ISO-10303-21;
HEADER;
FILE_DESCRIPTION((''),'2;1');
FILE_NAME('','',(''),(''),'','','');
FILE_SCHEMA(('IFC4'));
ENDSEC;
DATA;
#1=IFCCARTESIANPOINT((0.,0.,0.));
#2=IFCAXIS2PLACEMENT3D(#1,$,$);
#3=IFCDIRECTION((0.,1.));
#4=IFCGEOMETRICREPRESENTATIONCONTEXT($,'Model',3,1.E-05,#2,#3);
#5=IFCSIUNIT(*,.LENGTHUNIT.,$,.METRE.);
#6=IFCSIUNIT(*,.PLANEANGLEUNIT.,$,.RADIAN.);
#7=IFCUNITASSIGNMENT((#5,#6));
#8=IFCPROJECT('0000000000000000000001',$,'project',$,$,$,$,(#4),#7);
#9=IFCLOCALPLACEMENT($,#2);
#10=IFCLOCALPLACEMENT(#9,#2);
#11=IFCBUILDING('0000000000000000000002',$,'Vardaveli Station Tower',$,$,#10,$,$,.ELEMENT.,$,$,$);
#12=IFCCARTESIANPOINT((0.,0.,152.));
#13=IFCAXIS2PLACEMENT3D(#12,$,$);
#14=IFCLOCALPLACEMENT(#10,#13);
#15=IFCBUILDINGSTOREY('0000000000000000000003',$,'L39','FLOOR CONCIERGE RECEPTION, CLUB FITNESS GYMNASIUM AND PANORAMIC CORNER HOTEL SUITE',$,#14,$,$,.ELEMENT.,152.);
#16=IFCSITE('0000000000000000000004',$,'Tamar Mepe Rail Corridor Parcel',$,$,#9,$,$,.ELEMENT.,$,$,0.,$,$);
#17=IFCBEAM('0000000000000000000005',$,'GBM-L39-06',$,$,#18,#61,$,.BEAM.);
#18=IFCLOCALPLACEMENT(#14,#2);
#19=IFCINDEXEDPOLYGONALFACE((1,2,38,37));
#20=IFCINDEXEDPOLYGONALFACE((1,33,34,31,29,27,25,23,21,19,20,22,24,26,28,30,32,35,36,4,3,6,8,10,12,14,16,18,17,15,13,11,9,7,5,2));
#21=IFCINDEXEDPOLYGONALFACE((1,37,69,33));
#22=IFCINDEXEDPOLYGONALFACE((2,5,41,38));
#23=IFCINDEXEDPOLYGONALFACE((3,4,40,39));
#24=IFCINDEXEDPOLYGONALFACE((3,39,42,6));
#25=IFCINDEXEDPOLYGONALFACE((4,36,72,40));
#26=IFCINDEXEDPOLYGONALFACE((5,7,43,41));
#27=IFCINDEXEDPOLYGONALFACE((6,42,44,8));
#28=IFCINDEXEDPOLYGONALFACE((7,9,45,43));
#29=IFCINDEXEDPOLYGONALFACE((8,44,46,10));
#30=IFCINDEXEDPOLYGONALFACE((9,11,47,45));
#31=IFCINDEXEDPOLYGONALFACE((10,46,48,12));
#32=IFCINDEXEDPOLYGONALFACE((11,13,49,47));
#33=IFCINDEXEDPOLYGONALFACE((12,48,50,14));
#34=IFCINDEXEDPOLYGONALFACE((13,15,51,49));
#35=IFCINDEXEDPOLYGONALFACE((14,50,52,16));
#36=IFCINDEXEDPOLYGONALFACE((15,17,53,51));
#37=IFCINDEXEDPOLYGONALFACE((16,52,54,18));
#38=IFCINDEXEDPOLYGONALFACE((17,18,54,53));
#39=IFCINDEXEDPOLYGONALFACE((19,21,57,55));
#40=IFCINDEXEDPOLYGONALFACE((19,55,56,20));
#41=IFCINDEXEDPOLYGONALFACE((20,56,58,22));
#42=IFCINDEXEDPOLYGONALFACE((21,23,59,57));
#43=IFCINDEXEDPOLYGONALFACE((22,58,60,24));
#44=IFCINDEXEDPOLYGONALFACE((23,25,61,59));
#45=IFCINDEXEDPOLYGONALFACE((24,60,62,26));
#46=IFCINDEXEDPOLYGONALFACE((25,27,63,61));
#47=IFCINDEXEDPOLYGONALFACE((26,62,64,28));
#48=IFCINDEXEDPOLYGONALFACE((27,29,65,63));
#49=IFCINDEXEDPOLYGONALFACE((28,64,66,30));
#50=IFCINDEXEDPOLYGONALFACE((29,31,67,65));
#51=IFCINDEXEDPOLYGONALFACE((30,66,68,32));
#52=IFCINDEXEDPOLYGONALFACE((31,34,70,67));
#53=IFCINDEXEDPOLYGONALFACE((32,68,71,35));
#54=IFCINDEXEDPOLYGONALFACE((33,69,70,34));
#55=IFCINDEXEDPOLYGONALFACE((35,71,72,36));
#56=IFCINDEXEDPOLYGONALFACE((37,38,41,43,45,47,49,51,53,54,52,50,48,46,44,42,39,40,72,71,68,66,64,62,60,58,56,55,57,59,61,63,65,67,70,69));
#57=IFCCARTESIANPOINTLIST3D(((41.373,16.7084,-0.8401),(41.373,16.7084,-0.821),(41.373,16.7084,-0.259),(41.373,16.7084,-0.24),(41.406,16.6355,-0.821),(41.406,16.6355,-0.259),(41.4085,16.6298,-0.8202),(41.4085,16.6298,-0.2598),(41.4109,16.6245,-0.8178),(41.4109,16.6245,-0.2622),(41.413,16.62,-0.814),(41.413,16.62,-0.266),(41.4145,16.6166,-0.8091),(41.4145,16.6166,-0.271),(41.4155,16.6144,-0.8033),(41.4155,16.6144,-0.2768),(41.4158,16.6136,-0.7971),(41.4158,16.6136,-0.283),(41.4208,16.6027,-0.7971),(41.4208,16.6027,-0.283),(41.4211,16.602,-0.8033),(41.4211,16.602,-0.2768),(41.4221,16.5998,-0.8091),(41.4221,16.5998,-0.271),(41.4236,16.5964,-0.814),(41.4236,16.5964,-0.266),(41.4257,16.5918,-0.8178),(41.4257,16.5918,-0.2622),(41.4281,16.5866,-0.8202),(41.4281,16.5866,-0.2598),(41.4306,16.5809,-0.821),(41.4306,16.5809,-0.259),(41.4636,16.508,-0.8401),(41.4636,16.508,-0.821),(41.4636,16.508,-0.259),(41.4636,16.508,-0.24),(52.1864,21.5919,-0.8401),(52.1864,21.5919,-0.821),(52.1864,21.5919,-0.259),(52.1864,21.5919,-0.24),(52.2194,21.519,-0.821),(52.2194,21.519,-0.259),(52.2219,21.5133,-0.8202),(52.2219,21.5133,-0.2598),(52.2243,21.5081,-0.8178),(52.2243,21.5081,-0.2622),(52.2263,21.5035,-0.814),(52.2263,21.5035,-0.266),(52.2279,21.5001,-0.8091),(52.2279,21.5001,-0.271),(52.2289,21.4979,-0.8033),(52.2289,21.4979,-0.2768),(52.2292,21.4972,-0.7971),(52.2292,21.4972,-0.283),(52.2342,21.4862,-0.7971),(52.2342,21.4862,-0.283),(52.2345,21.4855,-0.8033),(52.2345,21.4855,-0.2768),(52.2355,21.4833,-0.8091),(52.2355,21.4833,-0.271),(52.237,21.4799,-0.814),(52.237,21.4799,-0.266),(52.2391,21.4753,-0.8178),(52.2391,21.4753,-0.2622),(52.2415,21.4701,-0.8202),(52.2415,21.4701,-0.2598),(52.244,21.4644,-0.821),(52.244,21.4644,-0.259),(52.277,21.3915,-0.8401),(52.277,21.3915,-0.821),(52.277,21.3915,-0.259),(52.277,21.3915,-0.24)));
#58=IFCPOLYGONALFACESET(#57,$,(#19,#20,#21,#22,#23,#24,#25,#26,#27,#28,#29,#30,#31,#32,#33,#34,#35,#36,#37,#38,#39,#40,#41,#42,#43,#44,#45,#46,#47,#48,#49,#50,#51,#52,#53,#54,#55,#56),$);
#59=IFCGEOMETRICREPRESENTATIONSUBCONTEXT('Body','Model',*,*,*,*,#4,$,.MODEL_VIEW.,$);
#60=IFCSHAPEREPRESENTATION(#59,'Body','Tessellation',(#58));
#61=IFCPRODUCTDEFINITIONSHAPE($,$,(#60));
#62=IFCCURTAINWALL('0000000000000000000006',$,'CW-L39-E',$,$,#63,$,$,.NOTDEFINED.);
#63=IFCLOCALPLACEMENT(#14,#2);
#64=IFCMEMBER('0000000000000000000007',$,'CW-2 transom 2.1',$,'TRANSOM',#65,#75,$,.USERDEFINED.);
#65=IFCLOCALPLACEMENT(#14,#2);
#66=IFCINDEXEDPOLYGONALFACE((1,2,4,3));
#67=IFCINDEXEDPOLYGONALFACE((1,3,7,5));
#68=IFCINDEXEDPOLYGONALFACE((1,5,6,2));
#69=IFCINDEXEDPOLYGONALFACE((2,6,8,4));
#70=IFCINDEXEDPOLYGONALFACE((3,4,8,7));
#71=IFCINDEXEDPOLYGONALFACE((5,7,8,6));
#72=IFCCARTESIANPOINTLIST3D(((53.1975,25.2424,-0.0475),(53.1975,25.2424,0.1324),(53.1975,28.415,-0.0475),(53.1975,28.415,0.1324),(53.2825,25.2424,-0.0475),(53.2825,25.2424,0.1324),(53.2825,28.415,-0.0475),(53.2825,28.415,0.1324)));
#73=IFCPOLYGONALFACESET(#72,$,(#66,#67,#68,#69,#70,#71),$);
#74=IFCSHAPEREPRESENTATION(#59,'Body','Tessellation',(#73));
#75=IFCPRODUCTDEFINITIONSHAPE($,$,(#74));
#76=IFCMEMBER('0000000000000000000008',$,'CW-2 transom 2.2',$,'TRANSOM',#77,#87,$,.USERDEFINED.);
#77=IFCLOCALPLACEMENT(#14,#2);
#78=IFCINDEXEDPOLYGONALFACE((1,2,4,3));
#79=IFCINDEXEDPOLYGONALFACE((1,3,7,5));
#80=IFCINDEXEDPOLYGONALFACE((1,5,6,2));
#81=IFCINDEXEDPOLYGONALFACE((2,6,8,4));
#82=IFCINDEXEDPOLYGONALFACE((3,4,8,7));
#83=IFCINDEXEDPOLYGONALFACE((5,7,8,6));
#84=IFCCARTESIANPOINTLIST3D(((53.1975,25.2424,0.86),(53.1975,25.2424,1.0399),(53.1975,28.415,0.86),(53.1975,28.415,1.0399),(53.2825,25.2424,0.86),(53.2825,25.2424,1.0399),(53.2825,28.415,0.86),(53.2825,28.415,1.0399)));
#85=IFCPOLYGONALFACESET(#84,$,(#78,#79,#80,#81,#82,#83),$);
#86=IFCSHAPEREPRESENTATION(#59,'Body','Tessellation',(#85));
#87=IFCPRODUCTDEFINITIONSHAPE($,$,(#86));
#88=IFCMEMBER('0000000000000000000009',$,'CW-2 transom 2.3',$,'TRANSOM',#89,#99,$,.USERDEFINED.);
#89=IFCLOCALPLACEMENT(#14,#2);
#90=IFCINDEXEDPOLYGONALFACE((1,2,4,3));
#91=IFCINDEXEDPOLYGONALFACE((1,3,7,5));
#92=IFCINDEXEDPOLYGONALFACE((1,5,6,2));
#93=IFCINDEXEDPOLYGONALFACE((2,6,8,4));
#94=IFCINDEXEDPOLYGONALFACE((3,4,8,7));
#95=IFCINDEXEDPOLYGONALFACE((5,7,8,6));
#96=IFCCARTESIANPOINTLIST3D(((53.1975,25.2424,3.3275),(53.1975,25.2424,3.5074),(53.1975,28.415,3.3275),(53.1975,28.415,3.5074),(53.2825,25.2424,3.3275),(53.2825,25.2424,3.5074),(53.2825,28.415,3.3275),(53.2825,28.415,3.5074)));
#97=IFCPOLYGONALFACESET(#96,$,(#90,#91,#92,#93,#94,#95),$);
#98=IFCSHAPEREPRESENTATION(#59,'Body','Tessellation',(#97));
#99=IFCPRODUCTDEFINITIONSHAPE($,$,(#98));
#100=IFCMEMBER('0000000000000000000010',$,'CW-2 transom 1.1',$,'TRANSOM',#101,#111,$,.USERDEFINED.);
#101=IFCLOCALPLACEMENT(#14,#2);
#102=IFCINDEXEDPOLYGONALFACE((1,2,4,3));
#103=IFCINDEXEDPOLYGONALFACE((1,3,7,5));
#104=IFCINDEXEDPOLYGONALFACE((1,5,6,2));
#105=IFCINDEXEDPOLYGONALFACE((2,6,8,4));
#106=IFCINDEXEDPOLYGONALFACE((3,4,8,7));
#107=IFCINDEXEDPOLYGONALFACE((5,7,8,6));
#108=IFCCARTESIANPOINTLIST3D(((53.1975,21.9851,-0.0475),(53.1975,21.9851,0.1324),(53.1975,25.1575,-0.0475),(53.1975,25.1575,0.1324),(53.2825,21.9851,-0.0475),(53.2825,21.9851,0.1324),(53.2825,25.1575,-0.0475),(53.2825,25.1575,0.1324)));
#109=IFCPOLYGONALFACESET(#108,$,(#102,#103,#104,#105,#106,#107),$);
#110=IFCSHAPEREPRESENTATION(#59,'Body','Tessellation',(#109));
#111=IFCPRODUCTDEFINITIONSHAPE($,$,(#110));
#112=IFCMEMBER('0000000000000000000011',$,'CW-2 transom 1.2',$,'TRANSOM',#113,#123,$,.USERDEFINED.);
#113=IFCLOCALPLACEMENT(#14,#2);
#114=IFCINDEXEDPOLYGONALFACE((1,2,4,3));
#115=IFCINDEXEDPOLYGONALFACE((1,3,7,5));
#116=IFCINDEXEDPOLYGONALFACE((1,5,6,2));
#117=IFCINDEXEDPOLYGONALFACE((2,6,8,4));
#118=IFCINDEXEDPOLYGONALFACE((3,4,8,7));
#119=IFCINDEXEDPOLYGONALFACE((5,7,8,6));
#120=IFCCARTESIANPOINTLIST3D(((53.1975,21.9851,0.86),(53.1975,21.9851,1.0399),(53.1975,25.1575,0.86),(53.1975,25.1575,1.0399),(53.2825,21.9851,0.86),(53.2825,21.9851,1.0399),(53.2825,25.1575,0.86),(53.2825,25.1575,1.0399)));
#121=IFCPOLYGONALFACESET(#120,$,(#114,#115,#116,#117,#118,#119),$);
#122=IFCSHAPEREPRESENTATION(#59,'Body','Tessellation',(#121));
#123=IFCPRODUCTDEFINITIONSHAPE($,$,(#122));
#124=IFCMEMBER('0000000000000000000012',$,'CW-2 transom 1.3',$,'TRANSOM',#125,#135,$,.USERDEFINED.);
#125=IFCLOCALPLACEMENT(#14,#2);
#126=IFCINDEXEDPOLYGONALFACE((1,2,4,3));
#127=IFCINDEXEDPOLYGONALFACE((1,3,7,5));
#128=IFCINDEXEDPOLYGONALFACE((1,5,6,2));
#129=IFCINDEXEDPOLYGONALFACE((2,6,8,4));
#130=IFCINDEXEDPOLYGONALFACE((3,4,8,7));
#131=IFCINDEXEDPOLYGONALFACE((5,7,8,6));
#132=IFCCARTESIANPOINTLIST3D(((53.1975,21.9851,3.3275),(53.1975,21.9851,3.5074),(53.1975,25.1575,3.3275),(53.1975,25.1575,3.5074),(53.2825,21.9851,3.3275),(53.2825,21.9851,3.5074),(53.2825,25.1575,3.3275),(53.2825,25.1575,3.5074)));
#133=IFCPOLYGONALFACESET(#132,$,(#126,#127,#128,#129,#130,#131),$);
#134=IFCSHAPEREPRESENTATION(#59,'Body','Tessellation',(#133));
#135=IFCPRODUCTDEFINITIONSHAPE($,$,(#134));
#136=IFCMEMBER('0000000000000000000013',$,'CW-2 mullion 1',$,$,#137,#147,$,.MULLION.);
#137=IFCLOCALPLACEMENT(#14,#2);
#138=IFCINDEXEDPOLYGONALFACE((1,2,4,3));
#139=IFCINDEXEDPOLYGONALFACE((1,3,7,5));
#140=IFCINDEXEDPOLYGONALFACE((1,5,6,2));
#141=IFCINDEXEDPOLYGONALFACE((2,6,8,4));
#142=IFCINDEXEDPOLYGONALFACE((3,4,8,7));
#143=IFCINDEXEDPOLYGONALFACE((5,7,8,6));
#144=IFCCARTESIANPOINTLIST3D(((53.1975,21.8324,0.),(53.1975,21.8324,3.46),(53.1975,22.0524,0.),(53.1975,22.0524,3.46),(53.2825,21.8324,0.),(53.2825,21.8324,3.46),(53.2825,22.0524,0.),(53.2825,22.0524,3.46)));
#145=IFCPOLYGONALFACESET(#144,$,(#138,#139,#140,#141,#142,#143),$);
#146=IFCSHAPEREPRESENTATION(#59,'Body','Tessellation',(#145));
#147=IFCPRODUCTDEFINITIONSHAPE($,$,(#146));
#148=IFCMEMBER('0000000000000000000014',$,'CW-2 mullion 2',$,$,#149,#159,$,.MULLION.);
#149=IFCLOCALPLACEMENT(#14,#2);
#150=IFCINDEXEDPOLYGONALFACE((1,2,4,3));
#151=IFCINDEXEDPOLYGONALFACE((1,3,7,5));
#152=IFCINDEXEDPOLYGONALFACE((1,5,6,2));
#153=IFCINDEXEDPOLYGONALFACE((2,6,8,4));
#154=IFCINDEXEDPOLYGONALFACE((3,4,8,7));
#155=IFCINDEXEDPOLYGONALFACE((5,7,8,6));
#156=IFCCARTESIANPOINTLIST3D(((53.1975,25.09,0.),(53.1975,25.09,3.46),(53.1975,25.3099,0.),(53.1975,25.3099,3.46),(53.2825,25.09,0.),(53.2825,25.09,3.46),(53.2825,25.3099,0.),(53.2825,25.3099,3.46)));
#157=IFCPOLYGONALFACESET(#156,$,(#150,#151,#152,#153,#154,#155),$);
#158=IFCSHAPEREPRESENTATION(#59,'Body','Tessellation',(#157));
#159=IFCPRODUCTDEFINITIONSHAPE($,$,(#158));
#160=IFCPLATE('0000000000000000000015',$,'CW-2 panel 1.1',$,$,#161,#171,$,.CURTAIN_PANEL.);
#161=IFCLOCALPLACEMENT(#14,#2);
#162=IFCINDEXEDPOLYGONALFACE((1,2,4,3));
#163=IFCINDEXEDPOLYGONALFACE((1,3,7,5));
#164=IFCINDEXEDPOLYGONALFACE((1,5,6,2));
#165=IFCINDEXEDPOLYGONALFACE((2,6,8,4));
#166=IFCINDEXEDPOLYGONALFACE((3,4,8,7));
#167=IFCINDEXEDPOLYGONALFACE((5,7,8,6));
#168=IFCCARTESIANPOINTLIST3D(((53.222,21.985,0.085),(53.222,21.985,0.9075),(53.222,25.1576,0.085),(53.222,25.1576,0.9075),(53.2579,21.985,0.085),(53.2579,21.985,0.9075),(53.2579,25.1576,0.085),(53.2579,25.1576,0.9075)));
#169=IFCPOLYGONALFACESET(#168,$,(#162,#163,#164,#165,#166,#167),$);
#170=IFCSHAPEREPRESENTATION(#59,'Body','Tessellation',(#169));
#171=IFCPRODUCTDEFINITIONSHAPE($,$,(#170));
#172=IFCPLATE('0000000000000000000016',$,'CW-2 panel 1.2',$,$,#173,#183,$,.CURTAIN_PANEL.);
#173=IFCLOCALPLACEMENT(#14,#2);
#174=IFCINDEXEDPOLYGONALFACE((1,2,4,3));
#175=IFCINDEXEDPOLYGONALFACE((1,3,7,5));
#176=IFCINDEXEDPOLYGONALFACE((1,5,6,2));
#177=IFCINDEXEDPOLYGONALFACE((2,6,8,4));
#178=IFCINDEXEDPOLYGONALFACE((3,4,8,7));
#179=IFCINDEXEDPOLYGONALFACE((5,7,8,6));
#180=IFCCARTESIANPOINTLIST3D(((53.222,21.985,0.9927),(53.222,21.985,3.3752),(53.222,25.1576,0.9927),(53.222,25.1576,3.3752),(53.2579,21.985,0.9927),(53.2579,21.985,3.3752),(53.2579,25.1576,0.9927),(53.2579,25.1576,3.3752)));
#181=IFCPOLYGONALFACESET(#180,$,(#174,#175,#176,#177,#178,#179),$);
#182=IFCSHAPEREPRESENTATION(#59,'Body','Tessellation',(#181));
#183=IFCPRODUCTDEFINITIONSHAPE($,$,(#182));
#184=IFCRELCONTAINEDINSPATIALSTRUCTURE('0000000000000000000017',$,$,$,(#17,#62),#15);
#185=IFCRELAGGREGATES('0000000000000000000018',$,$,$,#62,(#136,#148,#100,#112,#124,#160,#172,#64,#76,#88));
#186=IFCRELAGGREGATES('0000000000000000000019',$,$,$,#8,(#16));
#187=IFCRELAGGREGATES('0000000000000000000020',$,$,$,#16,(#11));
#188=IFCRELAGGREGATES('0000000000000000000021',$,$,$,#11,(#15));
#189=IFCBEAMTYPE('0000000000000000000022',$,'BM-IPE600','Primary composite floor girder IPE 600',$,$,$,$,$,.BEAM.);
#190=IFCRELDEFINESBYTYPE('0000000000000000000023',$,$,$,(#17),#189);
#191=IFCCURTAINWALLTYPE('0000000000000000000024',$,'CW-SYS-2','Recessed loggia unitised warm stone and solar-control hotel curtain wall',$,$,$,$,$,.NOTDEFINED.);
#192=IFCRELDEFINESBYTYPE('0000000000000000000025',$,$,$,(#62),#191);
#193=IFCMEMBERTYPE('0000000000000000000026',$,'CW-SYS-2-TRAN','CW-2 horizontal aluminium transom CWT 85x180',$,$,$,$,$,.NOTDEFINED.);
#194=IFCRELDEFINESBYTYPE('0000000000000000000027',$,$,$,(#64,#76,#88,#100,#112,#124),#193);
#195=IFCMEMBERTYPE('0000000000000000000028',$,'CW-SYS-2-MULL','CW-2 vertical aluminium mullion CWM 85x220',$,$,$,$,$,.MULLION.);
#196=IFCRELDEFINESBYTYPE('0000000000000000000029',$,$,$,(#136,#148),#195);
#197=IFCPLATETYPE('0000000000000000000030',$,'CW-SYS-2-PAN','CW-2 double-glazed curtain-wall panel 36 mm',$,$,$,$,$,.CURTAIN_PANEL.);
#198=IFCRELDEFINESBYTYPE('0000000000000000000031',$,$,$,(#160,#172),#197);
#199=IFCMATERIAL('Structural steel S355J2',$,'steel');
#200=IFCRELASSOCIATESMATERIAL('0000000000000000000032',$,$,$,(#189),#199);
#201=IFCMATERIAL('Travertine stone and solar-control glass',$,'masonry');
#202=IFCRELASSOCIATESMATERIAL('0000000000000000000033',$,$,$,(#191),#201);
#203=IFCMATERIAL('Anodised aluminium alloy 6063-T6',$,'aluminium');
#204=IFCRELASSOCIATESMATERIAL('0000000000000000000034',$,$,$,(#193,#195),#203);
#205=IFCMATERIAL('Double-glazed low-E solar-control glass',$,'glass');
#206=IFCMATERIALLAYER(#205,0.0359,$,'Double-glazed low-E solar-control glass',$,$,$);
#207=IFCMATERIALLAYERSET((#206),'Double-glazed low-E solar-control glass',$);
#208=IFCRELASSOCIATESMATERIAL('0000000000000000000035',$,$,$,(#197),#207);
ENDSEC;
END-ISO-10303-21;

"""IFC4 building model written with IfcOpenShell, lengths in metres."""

from ifc_helpers import new_model, si_unit, direction, frame, origin, origin_2d, place, context, subcontext, project, spatial, rectangle, i_section, extrude, source, transform, mapped, material, layer, layer_set, material_profile, profile_set, type_object, element, aggregate, save


model = new_model("IFC4")

# Units and contexts
model_context = context("Model", 3, precision=1e-05, world=origin(), true_north=direction((0.0, 1.0)))
body_context = subcontext(model_context, "Body", "Model", "MODEL_VIEW")
ifc_project = project(units=[si_unit("LENGTHUNIT", "METRE"), si_unit("PLANEANGLEUNIT", "RADIAN")], contexts=[model_context])

# Site, building, storey
site_placement = place(None, origin())
site = spatial("IfcSite", under=ifc_project, at=site_placement, Name="Tamar Mepe Rail Corridor Parcel", CompositionType="ELEMENT", RefElevation=0.0)
building_placement = place(site_placement, origin())
building = spatial("IfcBuilding", under=site, at=building_placement, Name="Vardaveli Station Tower", CompositionType="ELEMENT")
storey_placement = place(building_placement, frame((0.0, 0.0, 152.0)))
storey = spatial("IfcBuildingStorey", under=building, at=storey_placement, Name="L39", Description="FLOOR CONCIERGE RECEPTION, CLUB FITNESS GYMNASIUM AND PANORAMIC CORNER HOTEL SUITE", CompositionType="ELEMENT", Elevation=152.0)

# Beam
ifc_material_1 = material(Name="Structural steel S355J2", Category="steel")
ifc_material_profile_1 = material_profile(ifc_material_1, i_section(OverallWidth=0.22, OverallDepth=0.6001, WebThickness=0.012, FlangeThickness=0.019, FilletRadius=0.0239, at=origin_2d()), Name="IPE 600")
ifc_profile_set_1 = profile_set([ifc_material_profile_1], Name="Structural steel S355J2")
beam_type_1 = type_object("IfcBeamType", Name="BM-IPE600", Description="Primary composite floor girder IPE 600", PredefinedType="BEAM", material=ifc_profile_set_1)
shared_shape_1 = source(origin(), body_context, "Body", "SweptSolid", [
    extrude(i_section(OverallWidth=0.22, OverallDepth=0.6001, WebThickness=0.012, FlangeThickness=0.019, FilletRadius=0.0239, at=origin_2d()), origin(), (0.0, 0.0, 1.0), 11.865),
])
beam_1_placement = place(storey_placement, frame((52.2317, 21.4917, -0.54), z_axis=(-0.911369, -0.411589, 0.0), x_axis=(0.411589, -0.911369, 0.0)))
element("IfcBeam", 1, at=beam_1_placement, inside=storey, type_object=beam_type_1, Name="GBM-L39-06", PredefinedType="BEAM", context=body_context, shape_type="MappedRepresentation", body=[
    mapped(shared_shape_1, transform((0.0, 0.0, 0.0), scale=1.0)),
])

# Curtain wall, members, plates
ifc_material_2 = material(Name="Travertine stone and solar-control glass", Category="masonry")
curtain_wall_type = type_object("IfcCurtainWallType", Name="CW-SYS-2", Description="Recessed loggia unitised warm stone and solar-control hotel curtain wall", PredefinedType="NOTDEFINED", material=ifc_material_2)
curtain_wall_placement = place(storey_placement, origin())
curtain_wall = element("IfcCurtainWall", 2, at=curtain_wall_placement, inside=storey, type_object=curtain_wall_type, Name="CW-L39-E", PredefinedType="NOTDEFINED")
ifc_material_3 = material(Name="Anodised aluminium alloy 6063-T6", Category="aluminium")
ifc_material_profile_2 = material_profile(ifc_material_3, rectangle(XDim=0.085, YDim=0.1799, at=origin_2d()), Name="CWT 85x180")
ifc_profile_set_2 = profile_set([ifc_material_profile_2], Name="Anodised aluminium alloy 6063-T6")
member_type_1 = type_object("IfcMemberType", Name="CW-SYS-2-TRAN", Description="CW-2 horizontal aluminium transom CWT 85x180", PredefinedType="NOTDEFINED", material=ifc_profile_set_2)
shared_shape_2 = source(origin(), body_context, "Body", "SweptSolid", [
    extrude(rectangle(XDim=0.085, YDim=0.1799, at=origin_2d()), origin(), (0.0, 0.0, 1.0), 3.1726),
])
member_1_placement = place(storey_placement, frame((53.24, 25.2424, 0.0425), z_axis=(0.0, 1.0, 0.0), x_axis=(-1.0, 0.0, 0.0)))
member_1 = element("IfcMember", 3, at=member_1_placement, type_object=member_type_1, Name="CW-2 transom 2.1", ObjectType="TRANSOM", PredefinedType="USERDEFINED", context=body_context, shape_type="MappedRepresentation", body=[
    mapped(shared_shape_2, transform((0.0, 0.0, 0.0), scale=1.0)),
])
member_2_placement = place(storey_placement, frame((53.24, 25.2424, 0.95), z_axis=(0.0, 1.0, 0.0), x_axis=(-1.0, 0.0, 0.0)))
member_2 = element("IfcMember", 4, at=member_2_placement, type_object=member_type_1, Name="CW-2 transom 2.2", ObjectType="TRANSOM", PredefinedType="USERDEFINED", context=body_context, shape_type="MappedRepresentation", body=[
    mapped(shared_shape_2, transform((0.0, 0.0, 0.0), scale=1.0)),
])
member_3_placement = place(storey_placement, frame((53.24, 25.2424, 3.4175), z_axis=(0.0, 1.0, 0.0), x_axis=(-1.0, 0.0, 0.0)))
member_3 = element("IfcMember", 5, at=member_3_placement, type_object=member_type_1, Name="CW-2 transom 2.3", ObjectType="TRANSOM", PredefinedType="USERDEFINED", context=body_context, shape_type="MappedRepresentation", body=[
    mapped(shared_shape_2, transform((0.0, 0.0, 0.0), scale=1.0)),
])
shared_shape_3 = source(origin(), body_context, "Body", "SweptSolid", [
    extrude(rectangle(XDim=0.085, YDim=0.1799, at=origin_2d()), origin(), (0.0, 0.0, 1.0), 3.1724),
])
member_4_placement = place(storey_placement, frame((53.24, 21.9851, 0.0425), z_axis=(0.0, 1.0, 0.0), x_axis=(-1.0, 0.0, 0.0)))
member_4 = element("IfcMember", 6, at=member_4_placement, type_object=member_type_1, Name="CW-2 transom 1.1", ObjectType="TRANSOM", PredefinedType="USERDEFINED", context=body_context, shape_type="MappedRepresentation", body=[
    mapped(shared_shape_3, transform((0.0, 0.0, 0.0), scale=1.0)),
])
member_5_placement = place(storey_placement, frame((53.24, 21.9851, 0.95), z_axis=(0.0, 1.0, 0.0), x_axis=(-1.0, 0.0, 0.0)))
member_5 = element("IfcMember", 7, at=member_5_placement, type_object=member_type_1, Name="CW-2 transom 1.2", ObjectType="TRANSOM", PredefinedType="USERDEFINED", context=body_context, shape_type="MappedRepresentation", body=[
    mapped(shared_shape_3, transform((0.0, 0.0, 0.0), scale=1.0)),
])
member_6_placement = place(storey_placement, frame((53.24, 21.9851, 3.4175), z_axis=(0.0, 1.0, 0.0), x_axis=(-1.0, 0.0, 0.0)))
member_6 = element("IfcMember", 8, at=member_6_placement, type_object=member_type_1, Name="CW-2 transom 1.3", ObjectType="TRANSOM", PredefinedType="USERDEFINED", context=body_context, shape_type="MappedRepresentation", body=[
    mapped(shared_shape_3, transform((0.0, 0.0, 0.0), scale=1.0)),
])
ifc_material_profile_3 = material_profile(ifc_material_3, rectangle(XDim=0.085, YDim=0.22, at=origin_2d()), Name="CWM 85x220")
ifc_profile_set_3 = profile_set([ifc_material_profile_3], Name="Anodised aluminium alloy 6063-T6")
member_type_2 = type_object("IfcMemberType", Name="CW-SYS-2-MULL", Description="CW-2 vertical aluminium mullion CWM 85x220", PredefinedType="MULLION", material=ifc_profile_set_3)
shared_shape_4 = source(origin(), body_context, "Body", "SweptSolid", [
    extrude(rectangle(XDim=0.085, YDim=0.22, at=origin_2d()), origin(), (0.0, 0.0, 1.0), 3.46),
])
member_7_placement = place(storey_placement, frame((53.24, 21.9424, 0.0), z_axis=(0.0, 0.0, 1.0), x_axis=(-1.0, 0.0, 0.0)))
member_7 = element("IfcMember", 9, at=member_7_placement, type_object=member_type_2, Name="CW-2 mullion 1", PredefinedType="MULLION", context=body_context, shape_type="MappedRepresentation", body=[
    mapped(shared_shape_4, transform((0.0, 0.0, 0.0), scale=1.0)),
])
member_8_placement = place(storey_placement, frame((53.24, 25.2, 0.0), z_axis=(0.0, 0.0, 1.0), x_axis=(-1.0, 0.0, 0.0)))
member_8 = element("IfcMember", 10, at=member_8_placement, type_object=member_type_2, Name="CW-2 mullion 2", PredefinedType="MULLION", context=body_context, shape_type="MappedRepresentation", body=[
    mapped(shared_shape_4, transform((0.0, 0.0, 0.0), scale=1.0)),
])
ifc_material_4 = material(Name="Double-glazed low-E solar-control glass", Category="glass")
ifc_layer_1 = layer(ifc_material_4, 0.0359, Name="Double-glazed low-E solar-control glass")
ifc_layer_set_1 = layer_set([ifc_layer_1], Name="Double-glazed low-E solar-control glass")
plate_type = type_object("IfcPlateType", Name="CW-SYS-2-PAN", Description="CW-2 double-glazed curtain-wall panel 36 mm", PredefinedType="CURTAIN_PANEL", material=ifc_layer_set_1)
shared_shape_5 = source(origin(), body_context, "Body", "SweptSolid", [
    extrude(rectangle(XDim=3.1726, YDim=0.0359, at=origin_2d()), origin(), (0.0, 0.0, 1.0), 0.8225),
])
plate_1_placement = place(storey_placement, frame((53.24, 23.5713, 0.085), z_axis=(0.0, 0.0, 1.0), x_axis=(0.0, 1.0, 0.0)))
plate_1 = element("IfcPlate", 11, at=plate_1_placement, type_object=plate_type, Name="CW-2 panel 1.1", PredefinedType="CURTAIN_PANEL", context=body_context, shape_type="MappedRepresentation", body=[
    mapped(shared_shape_5, transform((0.0, 0.0, 0.0), scale=1.0)),
])
shared_shape_6 = source(origin(), body_context, "Body", "SweptSolid", [
    extrude(rectangle(XDim=3.1726, YDim=0.0359, at=origin_2d()), origin(), (0.0, 0.0, 1.0), 2.3826),
])
plate_2_placement = place(storey_placement, frame((53.24, 23.5713, 0.9927), z_axis=(0.0, 0.0, 1.0), x_axis=(0.0, 1.0, 0.0)))
plate_2 = element("IfcPlate", 12, at=plate_2_placement, type_object=plate_type, Name="CW-2 panel 1.2", PredefinedType="CURTAIN_PANEL", context=body_context, shape_type="MappedRepresentation", body=[
    mapped(shared_shape_6, transform((0.0, 0.0, 0.0), scale=1.0)),
])
aggregate(curtain_wall, [member_7, member_8, member_4, member_5, member_6, plate_1, plate_2, member_1, member_2, member_3])

save(model, "model.ifc")
